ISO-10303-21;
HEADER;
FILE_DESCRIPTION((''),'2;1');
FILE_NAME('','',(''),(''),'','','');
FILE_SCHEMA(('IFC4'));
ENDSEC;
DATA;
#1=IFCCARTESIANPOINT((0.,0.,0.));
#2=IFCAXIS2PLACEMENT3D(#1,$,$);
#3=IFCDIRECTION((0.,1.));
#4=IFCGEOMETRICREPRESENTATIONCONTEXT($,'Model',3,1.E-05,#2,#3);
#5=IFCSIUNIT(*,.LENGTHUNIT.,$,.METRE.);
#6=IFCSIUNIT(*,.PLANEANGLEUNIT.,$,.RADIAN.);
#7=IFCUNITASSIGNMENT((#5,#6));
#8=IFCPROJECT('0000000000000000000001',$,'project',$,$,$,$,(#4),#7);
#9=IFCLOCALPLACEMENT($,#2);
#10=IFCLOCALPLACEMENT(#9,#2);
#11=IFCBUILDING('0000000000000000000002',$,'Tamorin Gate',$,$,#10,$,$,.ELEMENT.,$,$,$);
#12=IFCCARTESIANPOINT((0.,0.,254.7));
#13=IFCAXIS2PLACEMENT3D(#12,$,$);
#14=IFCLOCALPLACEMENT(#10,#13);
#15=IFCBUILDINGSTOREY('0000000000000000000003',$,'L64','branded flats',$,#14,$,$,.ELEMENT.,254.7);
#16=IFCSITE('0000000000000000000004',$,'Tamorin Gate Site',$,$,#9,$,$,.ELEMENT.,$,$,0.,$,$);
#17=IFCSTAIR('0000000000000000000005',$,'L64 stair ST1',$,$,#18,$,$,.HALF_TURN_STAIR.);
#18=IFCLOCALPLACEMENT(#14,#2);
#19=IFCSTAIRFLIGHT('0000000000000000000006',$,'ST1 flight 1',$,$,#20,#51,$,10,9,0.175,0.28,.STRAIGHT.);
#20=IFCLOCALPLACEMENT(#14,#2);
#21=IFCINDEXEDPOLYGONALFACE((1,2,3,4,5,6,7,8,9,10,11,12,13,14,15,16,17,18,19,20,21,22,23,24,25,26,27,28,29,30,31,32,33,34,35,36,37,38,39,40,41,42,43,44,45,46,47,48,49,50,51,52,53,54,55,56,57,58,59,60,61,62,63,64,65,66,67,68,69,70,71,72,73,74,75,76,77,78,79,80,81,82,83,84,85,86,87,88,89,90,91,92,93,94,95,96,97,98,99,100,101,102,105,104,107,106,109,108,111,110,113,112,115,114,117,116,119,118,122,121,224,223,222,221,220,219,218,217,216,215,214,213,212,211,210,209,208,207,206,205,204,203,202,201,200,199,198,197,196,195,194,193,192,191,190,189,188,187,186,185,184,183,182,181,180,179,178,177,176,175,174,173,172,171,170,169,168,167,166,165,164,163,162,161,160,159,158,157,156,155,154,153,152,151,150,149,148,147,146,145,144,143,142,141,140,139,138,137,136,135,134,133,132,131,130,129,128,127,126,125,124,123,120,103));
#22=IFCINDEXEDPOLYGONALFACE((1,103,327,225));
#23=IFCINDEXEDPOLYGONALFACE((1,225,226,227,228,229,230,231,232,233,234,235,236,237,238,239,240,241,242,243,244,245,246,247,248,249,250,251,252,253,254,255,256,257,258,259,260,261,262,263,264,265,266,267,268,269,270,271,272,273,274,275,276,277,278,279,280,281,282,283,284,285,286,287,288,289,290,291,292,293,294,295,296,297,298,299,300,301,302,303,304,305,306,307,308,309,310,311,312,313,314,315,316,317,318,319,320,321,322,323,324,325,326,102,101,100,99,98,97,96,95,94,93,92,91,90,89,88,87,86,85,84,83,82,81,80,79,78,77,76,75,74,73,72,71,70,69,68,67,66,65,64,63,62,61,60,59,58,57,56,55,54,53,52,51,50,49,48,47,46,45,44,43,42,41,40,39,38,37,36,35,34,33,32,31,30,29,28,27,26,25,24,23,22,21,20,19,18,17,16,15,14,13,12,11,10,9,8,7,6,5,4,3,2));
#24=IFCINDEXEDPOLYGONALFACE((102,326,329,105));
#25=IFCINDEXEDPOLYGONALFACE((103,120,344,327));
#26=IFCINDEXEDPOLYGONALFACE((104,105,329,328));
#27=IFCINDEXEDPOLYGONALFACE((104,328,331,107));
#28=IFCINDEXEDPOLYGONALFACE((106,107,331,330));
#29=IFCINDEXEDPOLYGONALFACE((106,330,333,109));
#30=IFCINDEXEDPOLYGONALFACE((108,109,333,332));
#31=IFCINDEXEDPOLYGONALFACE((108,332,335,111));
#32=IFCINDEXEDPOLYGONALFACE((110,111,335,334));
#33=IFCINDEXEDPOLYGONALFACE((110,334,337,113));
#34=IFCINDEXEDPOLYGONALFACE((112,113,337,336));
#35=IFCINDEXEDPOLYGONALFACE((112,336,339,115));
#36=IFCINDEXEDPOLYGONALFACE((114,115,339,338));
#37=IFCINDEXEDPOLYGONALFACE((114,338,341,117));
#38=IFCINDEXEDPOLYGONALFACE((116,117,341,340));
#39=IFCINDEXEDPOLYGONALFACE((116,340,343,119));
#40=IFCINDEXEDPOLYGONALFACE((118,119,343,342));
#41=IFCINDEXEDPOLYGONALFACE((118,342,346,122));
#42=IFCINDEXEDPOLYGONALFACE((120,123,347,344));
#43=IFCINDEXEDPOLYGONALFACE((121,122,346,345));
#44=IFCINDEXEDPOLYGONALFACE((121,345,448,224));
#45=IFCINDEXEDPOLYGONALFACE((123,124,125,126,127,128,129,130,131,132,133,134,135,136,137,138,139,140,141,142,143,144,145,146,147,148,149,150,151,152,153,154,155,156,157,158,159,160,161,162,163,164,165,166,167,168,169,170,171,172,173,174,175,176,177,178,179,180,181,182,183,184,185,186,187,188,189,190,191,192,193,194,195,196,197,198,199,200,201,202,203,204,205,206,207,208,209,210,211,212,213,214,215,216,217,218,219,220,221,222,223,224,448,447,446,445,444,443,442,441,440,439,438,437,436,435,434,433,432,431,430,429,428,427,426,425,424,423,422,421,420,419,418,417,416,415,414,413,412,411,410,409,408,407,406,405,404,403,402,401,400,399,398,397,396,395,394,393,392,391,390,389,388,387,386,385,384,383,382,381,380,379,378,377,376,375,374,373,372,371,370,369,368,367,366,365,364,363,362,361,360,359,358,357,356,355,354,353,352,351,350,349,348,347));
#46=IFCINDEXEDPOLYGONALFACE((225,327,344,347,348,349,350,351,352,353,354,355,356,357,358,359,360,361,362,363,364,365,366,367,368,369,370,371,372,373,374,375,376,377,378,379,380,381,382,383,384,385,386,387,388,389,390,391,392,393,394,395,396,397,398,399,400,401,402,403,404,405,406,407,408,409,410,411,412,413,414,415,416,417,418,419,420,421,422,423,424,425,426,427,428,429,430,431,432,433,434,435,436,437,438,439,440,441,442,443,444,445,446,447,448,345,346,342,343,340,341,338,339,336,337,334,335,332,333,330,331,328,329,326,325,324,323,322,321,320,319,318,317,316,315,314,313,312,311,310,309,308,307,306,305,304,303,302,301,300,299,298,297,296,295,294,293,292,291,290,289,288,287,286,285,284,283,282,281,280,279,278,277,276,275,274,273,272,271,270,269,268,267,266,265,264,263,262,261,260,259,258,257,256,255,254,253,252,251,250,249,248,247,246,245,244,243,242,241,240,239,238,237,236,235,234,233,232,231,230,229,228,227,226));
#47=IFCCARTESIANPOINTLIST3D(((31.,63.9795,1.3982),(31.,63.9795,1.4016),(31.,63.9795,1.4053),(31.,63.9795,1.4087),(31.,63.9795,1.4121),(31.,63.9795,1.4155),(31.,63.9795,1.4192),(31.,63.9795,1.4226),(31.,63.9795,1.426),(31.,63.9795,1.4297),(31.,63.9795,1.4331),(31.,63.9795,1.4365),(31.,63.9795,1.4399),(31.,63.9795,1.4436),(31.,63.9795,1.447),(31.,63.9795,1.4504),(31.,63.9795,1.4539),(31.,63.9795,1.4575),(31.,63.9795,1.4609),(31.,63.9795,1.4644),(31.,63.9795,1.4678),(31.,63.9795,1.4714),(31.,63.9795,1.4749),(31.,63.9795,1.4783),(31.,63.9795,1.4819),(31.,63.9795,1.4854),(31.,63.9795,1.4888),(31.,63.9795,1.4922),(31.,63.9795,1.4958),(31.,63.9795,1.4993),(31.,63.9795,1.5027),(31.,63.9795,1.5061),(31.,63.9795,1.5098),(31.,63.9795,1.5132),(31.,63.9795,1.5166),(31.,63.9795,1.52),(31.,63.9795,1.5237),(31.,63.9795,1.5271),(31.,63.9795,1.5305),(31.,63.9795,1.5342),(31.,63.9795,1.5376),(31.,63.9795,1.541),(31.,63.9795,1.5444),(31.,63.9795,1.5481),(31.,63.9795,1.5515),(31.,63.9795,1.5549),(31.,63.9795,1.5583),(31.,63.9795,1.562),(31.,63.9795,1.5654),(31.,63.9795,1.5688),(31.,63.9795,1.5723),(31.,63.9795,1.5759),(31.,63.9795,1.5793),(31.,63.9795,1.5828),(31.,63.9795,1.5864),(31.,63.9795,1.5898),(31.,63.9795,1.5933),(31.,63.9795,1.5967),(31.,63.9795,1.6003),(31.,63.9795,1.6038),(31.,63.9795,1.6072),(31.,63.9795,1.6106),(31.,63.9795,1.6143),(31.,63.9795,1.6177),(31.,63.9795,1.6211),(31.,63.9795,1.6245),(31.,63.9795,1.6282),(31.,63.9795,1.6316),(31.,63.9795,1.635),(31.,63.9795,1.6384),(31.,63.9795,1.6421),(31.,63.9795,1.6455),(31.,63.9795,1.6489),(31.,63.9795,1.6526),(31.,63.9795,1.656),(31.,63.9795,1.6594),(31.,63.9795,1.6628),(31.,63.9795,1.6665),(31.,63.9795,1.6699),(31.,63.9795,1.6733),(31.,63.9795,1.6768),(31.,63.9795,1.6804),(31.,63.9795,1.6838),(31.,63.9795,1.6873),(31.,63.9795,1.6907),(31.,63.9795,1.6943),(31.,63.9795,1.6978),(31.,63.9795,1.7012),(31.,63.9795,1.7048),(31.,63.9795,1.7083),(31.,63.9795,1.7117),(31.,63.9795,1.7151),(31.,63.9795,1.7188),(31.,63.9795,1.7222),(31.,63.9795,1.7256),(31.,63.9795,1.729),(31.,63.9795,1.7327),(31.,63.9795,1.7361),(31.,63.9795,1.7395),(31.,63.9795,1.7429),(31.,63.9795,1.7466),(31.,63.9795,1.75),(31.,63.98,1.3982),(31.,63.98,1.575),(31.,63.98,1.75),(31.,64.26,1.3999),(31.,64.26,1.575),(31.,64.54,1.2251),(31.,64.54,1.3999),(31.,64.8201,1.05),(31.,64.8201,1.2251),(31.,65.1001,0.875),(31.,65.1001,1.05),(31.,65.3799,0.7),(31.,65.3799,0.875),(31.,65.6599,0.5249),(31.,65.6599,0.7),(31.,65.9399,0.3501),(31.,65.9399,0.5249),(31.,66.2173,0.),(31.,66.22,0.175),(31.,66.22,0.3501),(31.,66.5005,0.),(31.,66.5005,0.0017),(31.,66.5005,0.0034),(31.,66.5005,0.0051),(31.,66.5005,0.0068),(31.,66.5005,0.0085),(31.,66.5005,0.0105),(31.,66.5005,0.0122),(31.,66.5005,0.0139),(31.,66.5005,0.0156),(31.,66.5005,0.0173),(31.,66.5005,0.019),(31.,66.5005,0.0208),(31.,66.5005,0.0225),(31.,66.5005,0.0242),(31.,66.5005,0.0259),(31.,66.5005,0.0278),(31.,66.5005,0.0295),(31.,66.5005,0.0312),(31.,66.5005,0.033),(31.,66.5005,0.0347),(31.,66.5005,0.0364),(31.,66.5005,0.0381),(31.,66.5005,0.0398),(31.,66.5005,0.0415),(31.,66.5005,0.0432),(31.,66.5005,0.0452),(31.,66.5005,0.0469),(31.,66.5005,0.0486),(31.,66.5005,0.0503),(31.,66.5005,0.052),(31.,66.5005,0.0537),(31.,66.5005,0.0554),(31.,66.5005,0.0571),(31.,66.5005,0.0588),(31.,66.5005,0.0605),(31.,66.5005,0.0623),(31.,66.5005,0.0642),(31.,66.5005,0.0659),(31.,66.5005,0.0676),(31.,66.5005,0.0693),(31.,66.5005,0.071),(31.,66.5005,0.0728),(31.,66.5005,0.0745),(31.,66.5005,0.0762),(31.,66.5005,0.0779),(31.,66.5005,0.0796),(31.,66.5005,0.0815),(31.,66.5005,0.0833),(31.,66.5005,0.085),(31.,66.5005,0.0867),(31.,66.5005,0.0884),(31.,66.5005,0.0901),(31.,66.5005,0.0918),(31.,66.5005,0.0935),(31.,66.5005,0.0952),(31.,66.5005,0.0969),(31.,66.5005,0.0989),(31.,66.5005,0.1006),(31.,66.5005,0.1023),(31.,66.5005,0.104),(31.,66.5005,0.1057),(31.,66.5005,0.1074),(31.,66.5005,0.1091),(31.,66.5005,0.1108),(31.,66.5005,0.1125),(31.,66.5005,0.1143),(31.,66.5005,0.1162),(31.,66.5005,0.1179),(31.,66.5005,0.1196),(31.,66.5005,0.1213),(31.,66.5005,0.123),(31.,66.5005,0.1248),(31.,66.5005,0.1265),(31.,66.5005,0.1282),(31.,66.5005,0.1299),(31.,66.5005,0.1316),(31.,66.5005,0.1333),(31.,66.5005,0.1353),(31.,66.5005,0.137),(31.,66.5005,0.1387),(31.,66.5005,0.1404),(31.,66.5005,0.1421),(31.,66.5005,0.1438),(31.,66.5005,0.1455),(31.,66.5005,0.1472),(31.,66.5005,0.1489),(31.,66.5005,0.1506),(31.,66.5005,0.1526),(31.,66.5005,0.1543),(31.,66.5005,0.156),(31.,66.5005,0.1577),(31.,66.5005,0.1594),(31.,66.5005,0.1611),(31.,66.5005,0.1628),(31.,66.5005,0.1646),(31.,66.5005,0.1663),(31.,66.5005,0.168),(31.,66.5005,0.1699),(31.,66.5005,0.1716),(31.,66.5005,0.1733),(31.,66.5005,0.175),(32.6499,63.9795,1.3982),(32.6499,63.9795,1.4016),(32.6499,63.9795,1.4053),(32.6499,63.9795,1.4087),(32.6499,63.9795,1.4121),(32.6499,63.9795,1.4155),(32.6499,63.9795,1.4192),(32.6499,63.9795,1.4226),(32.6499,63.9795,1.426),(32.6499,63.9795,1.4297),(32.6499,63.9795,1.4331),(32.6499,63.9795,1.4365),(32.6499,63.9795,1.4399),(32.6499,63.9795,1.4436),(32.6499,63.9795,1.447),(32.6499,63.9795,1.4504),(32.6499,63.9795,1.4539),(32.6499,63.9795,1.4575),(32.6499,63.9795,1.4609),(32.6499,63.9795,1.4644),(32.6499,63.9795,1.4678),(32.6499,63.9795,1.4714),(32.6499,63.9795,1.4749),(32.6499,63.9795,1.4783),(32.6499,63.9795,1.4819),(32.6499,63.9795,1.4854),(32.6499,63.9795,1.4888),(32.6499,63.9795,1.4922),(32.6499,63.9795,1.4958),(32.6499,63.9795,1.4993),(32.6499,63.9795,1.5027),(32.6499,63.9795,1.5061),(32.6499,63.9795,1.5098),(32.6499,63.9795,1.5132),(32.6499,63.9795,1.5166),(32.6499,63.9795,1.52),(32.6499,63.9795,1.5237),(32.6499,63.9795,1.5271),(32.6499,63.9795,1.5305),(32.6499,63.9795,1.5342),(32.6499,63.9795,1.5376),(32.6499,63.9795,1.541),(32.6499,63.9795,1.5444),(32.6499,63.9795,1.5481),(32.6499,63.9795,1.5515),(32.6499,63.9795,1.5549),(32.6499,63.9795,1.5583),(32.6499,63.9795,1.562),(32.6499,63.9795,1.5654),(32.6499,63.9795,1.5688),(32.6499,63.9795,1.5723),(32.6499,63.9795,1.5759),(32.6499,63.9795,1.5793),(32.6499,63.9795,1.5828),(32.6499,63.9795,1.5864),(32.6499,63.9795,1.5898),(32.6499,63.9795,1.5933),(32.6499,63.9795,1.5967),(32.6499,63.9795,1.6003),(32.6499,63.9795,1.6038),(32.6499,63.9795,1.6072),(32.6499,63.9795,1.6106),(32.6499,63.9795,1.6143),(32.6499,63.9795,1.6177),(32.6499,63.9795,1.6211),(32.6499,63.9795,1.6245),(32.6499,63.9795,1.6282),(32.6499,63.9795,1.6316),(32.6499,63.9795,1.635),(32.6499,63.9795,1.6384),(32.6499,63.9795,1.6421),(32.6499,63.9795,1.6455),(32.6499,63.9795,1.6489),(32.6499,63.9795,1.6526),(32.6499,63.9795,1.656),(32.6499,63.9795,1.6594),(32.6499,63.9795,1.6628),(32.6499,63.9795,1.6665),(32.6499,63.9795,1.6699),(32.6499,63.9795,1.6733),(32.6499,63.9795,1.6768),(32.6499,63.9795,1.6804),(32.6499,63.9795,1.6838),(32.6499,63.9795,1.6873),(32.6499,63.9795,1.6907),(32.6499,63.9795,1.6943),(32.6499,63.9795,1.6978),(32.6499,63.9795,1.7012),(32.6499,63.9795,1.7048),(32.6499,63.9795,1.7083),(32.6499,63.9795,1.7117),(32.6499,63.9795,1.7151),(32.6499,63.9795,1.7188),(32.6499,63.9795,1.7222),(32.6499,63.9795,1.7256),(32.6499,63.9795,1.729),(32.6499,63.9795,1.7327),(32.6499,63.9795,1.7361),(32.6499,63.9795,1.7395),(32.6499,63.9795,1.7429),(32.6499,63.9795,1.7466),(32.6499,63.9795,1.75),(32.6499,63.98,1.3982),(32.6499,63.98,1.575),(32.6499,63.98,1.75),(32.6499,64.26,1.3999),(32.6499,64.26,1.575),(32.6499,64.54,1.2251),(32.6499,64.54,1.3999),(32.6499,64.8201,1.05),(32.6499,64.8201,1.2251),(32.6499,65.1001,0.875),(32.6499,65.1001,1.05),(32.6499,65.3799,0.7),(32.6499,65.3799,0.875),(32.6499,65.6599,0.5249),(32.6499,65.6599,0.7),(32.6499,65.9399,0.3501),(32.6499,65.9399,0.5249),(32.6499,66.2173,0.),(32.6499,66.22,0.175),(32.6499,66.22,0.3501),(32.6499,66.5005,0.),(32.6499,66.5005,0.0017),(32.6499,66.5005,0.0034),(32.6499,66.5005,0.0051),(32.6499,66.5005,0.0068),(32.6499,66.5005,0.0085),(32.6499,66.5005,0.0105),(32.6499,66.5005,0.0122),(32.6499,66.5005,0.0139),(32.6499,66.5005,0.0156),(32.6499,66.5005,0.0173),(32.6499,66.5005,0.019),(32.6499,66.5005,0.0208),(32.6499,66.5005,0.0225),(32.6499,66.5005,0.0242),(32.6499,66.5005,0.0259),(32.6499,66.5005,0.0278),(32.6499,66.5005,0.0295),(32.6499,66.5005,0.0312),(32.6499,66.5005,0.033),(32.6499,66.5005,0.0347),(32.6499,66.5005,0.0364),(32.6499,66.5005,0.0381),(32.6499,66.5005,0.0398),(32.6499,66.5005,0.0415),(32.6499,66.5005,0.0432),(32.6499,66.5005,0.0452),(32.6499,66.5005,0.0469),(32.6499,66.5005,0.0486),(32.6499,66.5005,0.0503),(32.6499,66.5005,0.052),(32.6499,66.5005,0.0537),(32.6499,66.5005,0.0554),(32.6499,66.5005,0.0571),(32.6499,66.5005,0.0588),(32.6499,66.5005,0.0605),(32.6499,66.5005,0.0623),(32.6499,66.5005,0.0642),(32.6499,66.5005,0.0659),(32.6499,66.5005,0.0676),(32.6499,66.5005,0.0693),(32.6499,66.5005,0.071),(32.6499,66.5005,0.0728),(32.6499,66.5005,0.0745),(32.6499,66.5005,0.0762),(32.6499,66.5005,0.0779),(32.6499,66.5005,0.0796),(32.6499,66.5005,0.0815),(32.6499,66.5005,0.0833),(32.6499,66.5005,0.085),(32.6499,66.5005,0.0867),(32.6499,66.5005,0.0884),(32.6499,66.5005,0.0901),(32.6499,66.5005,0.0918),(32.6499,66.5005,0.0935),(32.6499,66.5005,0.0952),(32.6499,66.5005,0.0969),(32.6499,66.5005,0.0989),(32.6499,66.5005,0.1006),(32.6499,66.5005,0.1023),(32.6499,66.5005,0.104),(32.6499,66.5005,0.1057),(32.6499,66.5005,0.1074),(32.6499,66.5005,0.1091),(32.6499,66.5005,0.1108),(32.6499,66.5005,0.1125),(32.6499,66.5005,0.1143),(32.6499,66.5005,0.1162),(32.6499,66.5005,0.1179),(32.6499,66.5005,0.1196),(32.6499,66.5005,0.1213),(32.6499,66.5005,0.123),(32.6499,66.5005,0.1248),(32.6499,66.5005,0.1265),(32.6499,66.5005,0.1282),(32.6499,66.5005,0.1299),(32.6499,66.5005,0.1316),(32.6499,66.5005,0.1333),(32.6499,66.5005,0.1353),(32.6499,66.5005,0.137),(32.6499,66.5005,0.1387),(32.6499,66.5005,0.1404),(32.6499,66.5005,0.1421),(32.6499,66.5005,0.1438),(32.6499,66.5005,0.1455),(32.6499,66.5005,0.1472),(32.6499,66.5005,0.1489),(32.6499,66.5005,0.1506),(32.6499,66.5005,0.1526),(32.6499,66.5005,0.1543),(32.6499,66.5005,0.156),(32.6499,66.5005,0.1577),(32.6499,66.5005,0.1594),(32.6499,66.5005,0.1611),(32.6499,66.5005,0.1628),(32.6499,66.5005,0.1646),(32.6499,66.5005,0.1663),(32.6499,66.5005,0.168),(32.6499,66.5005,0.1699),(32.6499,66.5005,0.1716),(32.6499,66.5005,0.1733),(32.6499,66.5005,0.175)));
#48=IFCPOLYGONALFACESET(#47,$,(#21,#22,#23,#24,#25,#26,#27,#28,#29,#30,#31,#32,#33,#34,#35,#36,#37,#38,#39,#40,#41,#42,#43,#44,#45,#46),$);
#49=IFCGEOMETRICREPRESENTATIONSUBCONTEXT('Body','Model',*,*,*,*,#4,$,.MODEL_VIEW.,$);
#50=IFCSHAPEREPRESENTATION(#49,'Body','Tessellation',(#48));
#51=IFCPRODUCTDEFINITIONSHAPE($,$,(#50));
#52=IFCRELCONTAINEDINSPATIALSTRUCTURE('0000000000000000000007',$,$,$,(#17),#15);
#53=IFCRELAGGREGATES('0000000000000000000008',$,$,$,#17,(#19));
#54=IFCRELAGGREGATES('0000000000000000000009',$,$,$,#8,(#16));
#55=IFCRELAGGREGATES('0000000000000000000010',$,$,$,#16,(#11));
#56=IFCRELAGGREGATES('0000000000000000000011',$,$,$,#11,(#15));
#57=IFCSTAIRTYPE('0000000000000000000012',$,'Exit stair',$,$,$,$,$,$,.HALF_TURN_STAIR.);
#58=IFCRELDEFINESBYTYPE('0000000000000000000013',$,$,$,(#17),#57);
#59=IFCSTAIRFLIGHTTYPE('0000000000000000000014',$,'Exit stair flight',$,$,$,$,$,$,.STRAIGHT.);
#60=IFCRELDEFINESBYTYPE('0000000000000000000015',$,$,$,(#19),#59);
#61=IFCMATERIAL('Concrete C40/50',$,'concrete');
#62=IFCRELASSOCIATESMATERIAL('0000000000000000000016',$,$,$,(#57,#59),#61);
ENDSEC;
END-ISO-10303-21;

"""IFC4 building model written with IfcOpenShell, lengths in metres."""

from ifc_helpers import new_model, si_unit, direction, frame, origin, place, context, subcontext, project, spatial, polyline, outline, extrude, material, type_object, element, aggregate, save


model = new_model("IFC4")

# Units and contexts
model_context = context("Model", 3, precision=1e-05, world=origin(), true_north=direction((0.0, 1.0)))
body_context = subcontext(model_context, "Body", "Model", "MODEL_VIEW")
ifc_project = project(units=[si_unit("LENGTHUNIT", "METRE"), si_unit("PLANEANGLEUNIT", "RADIAN")], contexts=[model_context])

# Site, building, storey
site_placement = place(None, origin())
site = spatial("IfcSite", under=ifc_project, at=site_placement, Name="Tamorin Gate Site", CompositionType="ELEMENT", RefElevation=0.0)
building_placement = place(site_placement, origin())
building = spatial("IfcBuilding", under=site, at=building_placement, Name="Tamorin Gate", CompositionType="ELEMENT")
storey_placement = place(building_placement, frame((0.0, 0.0, 254.7)))
storey = spatial("IfcBuildingStorey", under=building, at=storey_placement, Name="L64", Description="branded flats", CompositionType="ELEMENT", Elevation=254.7)

# Shared definitions
ifc_material_1 = material(Name="Concrete C40/50", Category="concrete")

# Stair, stair flight
stair_type = type_object("IfcStairType", Name="Exit stair", PredefinedType="HALF_TURN_STAIR", material=ifc_material_1)
stair_1_placement = place(storey_placement, origin())
stair_1 = element("IfcStair", 1, at=stair_1_placement, inside=storey, type_object=stair_type, Name="L64 stair ST1", PredefinedType="HALF_TURN_STAIR")
stair_flight_type = type_object("IfcStairFlightType", Name="Exit stair flight", PredefinedType="STRAIGHT", material=ifc_material_1)
stair_flight_1_placement = place(storey_placement, frame((31.825, 66.5, 0.0), z_axis=(0.0, 0.0, 1.0), x_axis=(0.0, -1.0, 0.0)))
stair_flight_1 = element("IfcStairFlight", 2, at=stair_flight_1_placement, type_object=stair_flight_type, Name="ST1 flight 1", NumberOfRisers=10, NumberOfTreads=9, PredefinedType="STRAIGHT", RiserHeight=0.175, TreadLength=0.28, context=body_context, shape_type="SweptSolid", body=[
    extrude(outline(polyline([(-0.0005, 0.0), (-0.0005, 0.0017), (-0.0005, 0.0034), (-0.0005, 0.0051), (-0.0005, 0.0068), (-0.0005, 0.0085), (-0.0005, 0.0105), (-0.0005, 0.0122), (-0.0005, 0.0139), (-0.0005, 0.0156), (-0.0005, 0.0173), (-0.0005, 0.019), (-0.0005, 0.0208), (-0.0005, 0.0225), (-0.0005, 0.0242), (-0.0005, 0.0259), (-0.0005, 0.0278), (-0.0005, 0.0295), (-0.0005, 0.0312), (-0.0005, 0.033), (-0.0005, 0.0347), (-0.0005, 0.0364), (-0.0005, 0.0381), (-0.0005, 0.0398), (-0.0005, 0.0415), (-0.0005, 0.0432), (-0.0005, 0.0452), (-0.0005, 0.0469), (-0.0005, 0.0486), (-0.0005, 0.0503), (-0.0005, 0.052), (-0.0005, 0.0537), (-0.0005, 0.0554), (-0.0005, 0.0571), (-0.0005, 0.0588), (-0.0005, 0.0605), (-0.0005, 0.0623), (-0.0005, 0.0642), (-0.0005, 0.0659), (-0.0005, 0.0676), (-0.0005, 0.0693), (-0.0005, 0.071), (-0.0005, 0.0728), (-0.0005, 0.0745), (-0.0005, 0.0762), (-0.0005, 0.0779), (-0.0005, 0.0796), (-0.0005, 0.0815), (-0.0005, 0.0833), (-0.0005, 0.085), (-0.0005, 0.0867), (-0.0005, 0.0884), (-0.0005, 0.0901), (-0.0005, 0.0918), (-0.0005, 0.0935), (-0.0005, 0.0952), (-0.0005, 0.0969), (-0.0005, 0.0989), (-0.0005, 0.1006), (-0.0005, 0.1023), (-0.0005, 0.104), (-0.0005, 0.1057), (-0.0005, 0.1074), (-0.0005, 0.1091), (-0.0005, 0.1108), (-0.0005, 0.1125), (-0.0005, 0.1143), (-0.0005, 0.1162), (-0.0005, 0.1179), (-0.0005, 0.1196), (-0.0005, 0.1213), (-0.0005, 0.123), (-0.0005, 0.1248), (-0.0005, 0.1265), (-0.0005, 0.1282), (-0.0005, 0.1299), (-0.0005, 0.1316), (-0.0005, 0.1333), (-0.0005, 0.1353), (-0.0005, 0.137), (-0.0005, 0.1387), (-0.0005, 0.1404), (-0.0005, 0.1421), (-0.0005, 0.1438), (-0.0005, 0.1455), (-0.0005, 0.1472), (-0.0005, 0.1489), (-0.0005, 0.1506), (-0.0005, 0.1526), (-0.0005, 0.1543), (-0.0005, 0.156), (-0.0005, 0.1577), (-0.0005, 0.1594), (-0.0005, 0.1611), (-0.0005, 0.1628), (-0.0005, 0.1646), (-0.0005, 0.1663), (-0.0005, 0.168), (-0.0005, 0.1699), (-0.0005, 0.1716), (-0.0005, 0.1733), (-0.0005, 0.175), (0.28, 0.175), (0.28, 0.3501), (0.5601, 0.3501), (0.5601, 0.5249), (0.8401, 0.5249), (0.8401, 0.7), (1.1201, 0.7), (1.1201, 0.875), (1.3999, 0.875), (1.3999, 1.05), (1.6799, 1.05), (1.6799, 1.2251), (1.96, 1.2251), (1.96, 1.3999), (2.24, 1.3999), (2.24, 1.575), (2.52, 1.575), (2.52, 1.75), (2.5205, 1.75), (2.5205, 1.7466), (2.5205, 1.7429), (2.5205, 1.7395), (2.5205, 1.7361), (2.5205, 1.7327), (2.5205, 1.729), (2.5205, 1.7256), (2.5205, 1.7222), (2.5205, 1.7188), (2.5205, 1.7151), (2.5205, 1.7117), (2.5205, 1.7083), (2.5205, 1.7048), (2.5205, 1.7012), (2.5205, 1.6978), (2.5205, 1.6943), (2.5205, 1.6907), (2.5205, 1.6873), (2.5205, 1.6838), (2.5205, 1.6804), (2.5205, 1.6768), (2.5205, 1.6733), (2.5205, 1.6699), (2.5205, 1.6665), (2.5205, 1.6628), (2.5205, 1.6594), (2.5205, 1.656), (2.5205, 1.6526), (2.5205, 1.6489), (2.5205, 1.6455), (2.5205, 1.6421), (2.5205, 1.6384), (2.5205, 1.635), (2.5205, 1.6316), (2.5205, 1.6282), (2.5205, 1.6245), (2.5205, 1.6211), (2.5205, 1.6177), (2.5205, 1.6143), (2.5205, 1.6106), (2.5205, 1.6072), (2.5205, 1.6038), (2.5205, 1.6003), (2.5205, 1.5967), (2.5205, 1.5933), (2.5205, 1.5898), (2.5205, 1.5864), (2.5205, 1.5828), (2.5205, 1.5793), (2.5205, 1.5759), (2.5205, 1.5723), (2.5205, 1.5688), (2.5205, 1.5654), (2.5205, 1.562), (2.5205, 1.5583), (2.5205, 1.5549), (2.5205, 1.5515), (2.5205, 1.5481), (2.5205, 1.5444), (2.5205, 1.541), (2.5205, 1.5376), (2.5205, 1.5342), (2.5205, 1.5305), (2.5205, 1.5271), (2.5205, 1.5237), (2.5205, 1.52), (2.5205, 1.5166), (2.5205, 1.5132), (2.5205, 1.5098), (2.5205, 1.5061), (2.5205, 1.5027), (2.5205, 1.4993), (2.5205, 1.4958), (2.5205, 1.4922), (2.5205, 1.4888), (2.5205, 1.4854), (2.5205, 1.4819), (2.5205, 1.4783), (2.5205, 1.4749), (2.5205, 1.4714), (2.5205, 1.4678), (2.5205, 1.4644), (2.5205, 1.4609), (2.5205, 1.4575), (2.5205, 1.4539), (2.5205, 1.4504), (2.5205, 1.447), (2.5205, 1.4436), (2.5205, 1.4399), (2.5205, 1.4365), (2.5205, 1.4331), (2.5205, 1.4297), (2.5205, 1.426), (2.5205, 1.4226), (2.5205, 1.4192), (2.5205, 1.4155), (2.5205, 1.4121), (2.5205, 1.4087), (2.5205, 1.4053), (2.5205, 1.4016), (2.5205, 1.3982), (2.52, 1.3982), (0.2827, 0.0), (-0.0005, 0.0)])), frame((0.0, 0.825, 0.0), z_axis=(0.0, -1.0, 0.0), x_axis=(1.0, 0.0, 0.0)), (0.0, 0.0, 1.0), 1.6499),
])
aggregate(stair_1, [stair_flight_1])

save(model, "model.ifc")
